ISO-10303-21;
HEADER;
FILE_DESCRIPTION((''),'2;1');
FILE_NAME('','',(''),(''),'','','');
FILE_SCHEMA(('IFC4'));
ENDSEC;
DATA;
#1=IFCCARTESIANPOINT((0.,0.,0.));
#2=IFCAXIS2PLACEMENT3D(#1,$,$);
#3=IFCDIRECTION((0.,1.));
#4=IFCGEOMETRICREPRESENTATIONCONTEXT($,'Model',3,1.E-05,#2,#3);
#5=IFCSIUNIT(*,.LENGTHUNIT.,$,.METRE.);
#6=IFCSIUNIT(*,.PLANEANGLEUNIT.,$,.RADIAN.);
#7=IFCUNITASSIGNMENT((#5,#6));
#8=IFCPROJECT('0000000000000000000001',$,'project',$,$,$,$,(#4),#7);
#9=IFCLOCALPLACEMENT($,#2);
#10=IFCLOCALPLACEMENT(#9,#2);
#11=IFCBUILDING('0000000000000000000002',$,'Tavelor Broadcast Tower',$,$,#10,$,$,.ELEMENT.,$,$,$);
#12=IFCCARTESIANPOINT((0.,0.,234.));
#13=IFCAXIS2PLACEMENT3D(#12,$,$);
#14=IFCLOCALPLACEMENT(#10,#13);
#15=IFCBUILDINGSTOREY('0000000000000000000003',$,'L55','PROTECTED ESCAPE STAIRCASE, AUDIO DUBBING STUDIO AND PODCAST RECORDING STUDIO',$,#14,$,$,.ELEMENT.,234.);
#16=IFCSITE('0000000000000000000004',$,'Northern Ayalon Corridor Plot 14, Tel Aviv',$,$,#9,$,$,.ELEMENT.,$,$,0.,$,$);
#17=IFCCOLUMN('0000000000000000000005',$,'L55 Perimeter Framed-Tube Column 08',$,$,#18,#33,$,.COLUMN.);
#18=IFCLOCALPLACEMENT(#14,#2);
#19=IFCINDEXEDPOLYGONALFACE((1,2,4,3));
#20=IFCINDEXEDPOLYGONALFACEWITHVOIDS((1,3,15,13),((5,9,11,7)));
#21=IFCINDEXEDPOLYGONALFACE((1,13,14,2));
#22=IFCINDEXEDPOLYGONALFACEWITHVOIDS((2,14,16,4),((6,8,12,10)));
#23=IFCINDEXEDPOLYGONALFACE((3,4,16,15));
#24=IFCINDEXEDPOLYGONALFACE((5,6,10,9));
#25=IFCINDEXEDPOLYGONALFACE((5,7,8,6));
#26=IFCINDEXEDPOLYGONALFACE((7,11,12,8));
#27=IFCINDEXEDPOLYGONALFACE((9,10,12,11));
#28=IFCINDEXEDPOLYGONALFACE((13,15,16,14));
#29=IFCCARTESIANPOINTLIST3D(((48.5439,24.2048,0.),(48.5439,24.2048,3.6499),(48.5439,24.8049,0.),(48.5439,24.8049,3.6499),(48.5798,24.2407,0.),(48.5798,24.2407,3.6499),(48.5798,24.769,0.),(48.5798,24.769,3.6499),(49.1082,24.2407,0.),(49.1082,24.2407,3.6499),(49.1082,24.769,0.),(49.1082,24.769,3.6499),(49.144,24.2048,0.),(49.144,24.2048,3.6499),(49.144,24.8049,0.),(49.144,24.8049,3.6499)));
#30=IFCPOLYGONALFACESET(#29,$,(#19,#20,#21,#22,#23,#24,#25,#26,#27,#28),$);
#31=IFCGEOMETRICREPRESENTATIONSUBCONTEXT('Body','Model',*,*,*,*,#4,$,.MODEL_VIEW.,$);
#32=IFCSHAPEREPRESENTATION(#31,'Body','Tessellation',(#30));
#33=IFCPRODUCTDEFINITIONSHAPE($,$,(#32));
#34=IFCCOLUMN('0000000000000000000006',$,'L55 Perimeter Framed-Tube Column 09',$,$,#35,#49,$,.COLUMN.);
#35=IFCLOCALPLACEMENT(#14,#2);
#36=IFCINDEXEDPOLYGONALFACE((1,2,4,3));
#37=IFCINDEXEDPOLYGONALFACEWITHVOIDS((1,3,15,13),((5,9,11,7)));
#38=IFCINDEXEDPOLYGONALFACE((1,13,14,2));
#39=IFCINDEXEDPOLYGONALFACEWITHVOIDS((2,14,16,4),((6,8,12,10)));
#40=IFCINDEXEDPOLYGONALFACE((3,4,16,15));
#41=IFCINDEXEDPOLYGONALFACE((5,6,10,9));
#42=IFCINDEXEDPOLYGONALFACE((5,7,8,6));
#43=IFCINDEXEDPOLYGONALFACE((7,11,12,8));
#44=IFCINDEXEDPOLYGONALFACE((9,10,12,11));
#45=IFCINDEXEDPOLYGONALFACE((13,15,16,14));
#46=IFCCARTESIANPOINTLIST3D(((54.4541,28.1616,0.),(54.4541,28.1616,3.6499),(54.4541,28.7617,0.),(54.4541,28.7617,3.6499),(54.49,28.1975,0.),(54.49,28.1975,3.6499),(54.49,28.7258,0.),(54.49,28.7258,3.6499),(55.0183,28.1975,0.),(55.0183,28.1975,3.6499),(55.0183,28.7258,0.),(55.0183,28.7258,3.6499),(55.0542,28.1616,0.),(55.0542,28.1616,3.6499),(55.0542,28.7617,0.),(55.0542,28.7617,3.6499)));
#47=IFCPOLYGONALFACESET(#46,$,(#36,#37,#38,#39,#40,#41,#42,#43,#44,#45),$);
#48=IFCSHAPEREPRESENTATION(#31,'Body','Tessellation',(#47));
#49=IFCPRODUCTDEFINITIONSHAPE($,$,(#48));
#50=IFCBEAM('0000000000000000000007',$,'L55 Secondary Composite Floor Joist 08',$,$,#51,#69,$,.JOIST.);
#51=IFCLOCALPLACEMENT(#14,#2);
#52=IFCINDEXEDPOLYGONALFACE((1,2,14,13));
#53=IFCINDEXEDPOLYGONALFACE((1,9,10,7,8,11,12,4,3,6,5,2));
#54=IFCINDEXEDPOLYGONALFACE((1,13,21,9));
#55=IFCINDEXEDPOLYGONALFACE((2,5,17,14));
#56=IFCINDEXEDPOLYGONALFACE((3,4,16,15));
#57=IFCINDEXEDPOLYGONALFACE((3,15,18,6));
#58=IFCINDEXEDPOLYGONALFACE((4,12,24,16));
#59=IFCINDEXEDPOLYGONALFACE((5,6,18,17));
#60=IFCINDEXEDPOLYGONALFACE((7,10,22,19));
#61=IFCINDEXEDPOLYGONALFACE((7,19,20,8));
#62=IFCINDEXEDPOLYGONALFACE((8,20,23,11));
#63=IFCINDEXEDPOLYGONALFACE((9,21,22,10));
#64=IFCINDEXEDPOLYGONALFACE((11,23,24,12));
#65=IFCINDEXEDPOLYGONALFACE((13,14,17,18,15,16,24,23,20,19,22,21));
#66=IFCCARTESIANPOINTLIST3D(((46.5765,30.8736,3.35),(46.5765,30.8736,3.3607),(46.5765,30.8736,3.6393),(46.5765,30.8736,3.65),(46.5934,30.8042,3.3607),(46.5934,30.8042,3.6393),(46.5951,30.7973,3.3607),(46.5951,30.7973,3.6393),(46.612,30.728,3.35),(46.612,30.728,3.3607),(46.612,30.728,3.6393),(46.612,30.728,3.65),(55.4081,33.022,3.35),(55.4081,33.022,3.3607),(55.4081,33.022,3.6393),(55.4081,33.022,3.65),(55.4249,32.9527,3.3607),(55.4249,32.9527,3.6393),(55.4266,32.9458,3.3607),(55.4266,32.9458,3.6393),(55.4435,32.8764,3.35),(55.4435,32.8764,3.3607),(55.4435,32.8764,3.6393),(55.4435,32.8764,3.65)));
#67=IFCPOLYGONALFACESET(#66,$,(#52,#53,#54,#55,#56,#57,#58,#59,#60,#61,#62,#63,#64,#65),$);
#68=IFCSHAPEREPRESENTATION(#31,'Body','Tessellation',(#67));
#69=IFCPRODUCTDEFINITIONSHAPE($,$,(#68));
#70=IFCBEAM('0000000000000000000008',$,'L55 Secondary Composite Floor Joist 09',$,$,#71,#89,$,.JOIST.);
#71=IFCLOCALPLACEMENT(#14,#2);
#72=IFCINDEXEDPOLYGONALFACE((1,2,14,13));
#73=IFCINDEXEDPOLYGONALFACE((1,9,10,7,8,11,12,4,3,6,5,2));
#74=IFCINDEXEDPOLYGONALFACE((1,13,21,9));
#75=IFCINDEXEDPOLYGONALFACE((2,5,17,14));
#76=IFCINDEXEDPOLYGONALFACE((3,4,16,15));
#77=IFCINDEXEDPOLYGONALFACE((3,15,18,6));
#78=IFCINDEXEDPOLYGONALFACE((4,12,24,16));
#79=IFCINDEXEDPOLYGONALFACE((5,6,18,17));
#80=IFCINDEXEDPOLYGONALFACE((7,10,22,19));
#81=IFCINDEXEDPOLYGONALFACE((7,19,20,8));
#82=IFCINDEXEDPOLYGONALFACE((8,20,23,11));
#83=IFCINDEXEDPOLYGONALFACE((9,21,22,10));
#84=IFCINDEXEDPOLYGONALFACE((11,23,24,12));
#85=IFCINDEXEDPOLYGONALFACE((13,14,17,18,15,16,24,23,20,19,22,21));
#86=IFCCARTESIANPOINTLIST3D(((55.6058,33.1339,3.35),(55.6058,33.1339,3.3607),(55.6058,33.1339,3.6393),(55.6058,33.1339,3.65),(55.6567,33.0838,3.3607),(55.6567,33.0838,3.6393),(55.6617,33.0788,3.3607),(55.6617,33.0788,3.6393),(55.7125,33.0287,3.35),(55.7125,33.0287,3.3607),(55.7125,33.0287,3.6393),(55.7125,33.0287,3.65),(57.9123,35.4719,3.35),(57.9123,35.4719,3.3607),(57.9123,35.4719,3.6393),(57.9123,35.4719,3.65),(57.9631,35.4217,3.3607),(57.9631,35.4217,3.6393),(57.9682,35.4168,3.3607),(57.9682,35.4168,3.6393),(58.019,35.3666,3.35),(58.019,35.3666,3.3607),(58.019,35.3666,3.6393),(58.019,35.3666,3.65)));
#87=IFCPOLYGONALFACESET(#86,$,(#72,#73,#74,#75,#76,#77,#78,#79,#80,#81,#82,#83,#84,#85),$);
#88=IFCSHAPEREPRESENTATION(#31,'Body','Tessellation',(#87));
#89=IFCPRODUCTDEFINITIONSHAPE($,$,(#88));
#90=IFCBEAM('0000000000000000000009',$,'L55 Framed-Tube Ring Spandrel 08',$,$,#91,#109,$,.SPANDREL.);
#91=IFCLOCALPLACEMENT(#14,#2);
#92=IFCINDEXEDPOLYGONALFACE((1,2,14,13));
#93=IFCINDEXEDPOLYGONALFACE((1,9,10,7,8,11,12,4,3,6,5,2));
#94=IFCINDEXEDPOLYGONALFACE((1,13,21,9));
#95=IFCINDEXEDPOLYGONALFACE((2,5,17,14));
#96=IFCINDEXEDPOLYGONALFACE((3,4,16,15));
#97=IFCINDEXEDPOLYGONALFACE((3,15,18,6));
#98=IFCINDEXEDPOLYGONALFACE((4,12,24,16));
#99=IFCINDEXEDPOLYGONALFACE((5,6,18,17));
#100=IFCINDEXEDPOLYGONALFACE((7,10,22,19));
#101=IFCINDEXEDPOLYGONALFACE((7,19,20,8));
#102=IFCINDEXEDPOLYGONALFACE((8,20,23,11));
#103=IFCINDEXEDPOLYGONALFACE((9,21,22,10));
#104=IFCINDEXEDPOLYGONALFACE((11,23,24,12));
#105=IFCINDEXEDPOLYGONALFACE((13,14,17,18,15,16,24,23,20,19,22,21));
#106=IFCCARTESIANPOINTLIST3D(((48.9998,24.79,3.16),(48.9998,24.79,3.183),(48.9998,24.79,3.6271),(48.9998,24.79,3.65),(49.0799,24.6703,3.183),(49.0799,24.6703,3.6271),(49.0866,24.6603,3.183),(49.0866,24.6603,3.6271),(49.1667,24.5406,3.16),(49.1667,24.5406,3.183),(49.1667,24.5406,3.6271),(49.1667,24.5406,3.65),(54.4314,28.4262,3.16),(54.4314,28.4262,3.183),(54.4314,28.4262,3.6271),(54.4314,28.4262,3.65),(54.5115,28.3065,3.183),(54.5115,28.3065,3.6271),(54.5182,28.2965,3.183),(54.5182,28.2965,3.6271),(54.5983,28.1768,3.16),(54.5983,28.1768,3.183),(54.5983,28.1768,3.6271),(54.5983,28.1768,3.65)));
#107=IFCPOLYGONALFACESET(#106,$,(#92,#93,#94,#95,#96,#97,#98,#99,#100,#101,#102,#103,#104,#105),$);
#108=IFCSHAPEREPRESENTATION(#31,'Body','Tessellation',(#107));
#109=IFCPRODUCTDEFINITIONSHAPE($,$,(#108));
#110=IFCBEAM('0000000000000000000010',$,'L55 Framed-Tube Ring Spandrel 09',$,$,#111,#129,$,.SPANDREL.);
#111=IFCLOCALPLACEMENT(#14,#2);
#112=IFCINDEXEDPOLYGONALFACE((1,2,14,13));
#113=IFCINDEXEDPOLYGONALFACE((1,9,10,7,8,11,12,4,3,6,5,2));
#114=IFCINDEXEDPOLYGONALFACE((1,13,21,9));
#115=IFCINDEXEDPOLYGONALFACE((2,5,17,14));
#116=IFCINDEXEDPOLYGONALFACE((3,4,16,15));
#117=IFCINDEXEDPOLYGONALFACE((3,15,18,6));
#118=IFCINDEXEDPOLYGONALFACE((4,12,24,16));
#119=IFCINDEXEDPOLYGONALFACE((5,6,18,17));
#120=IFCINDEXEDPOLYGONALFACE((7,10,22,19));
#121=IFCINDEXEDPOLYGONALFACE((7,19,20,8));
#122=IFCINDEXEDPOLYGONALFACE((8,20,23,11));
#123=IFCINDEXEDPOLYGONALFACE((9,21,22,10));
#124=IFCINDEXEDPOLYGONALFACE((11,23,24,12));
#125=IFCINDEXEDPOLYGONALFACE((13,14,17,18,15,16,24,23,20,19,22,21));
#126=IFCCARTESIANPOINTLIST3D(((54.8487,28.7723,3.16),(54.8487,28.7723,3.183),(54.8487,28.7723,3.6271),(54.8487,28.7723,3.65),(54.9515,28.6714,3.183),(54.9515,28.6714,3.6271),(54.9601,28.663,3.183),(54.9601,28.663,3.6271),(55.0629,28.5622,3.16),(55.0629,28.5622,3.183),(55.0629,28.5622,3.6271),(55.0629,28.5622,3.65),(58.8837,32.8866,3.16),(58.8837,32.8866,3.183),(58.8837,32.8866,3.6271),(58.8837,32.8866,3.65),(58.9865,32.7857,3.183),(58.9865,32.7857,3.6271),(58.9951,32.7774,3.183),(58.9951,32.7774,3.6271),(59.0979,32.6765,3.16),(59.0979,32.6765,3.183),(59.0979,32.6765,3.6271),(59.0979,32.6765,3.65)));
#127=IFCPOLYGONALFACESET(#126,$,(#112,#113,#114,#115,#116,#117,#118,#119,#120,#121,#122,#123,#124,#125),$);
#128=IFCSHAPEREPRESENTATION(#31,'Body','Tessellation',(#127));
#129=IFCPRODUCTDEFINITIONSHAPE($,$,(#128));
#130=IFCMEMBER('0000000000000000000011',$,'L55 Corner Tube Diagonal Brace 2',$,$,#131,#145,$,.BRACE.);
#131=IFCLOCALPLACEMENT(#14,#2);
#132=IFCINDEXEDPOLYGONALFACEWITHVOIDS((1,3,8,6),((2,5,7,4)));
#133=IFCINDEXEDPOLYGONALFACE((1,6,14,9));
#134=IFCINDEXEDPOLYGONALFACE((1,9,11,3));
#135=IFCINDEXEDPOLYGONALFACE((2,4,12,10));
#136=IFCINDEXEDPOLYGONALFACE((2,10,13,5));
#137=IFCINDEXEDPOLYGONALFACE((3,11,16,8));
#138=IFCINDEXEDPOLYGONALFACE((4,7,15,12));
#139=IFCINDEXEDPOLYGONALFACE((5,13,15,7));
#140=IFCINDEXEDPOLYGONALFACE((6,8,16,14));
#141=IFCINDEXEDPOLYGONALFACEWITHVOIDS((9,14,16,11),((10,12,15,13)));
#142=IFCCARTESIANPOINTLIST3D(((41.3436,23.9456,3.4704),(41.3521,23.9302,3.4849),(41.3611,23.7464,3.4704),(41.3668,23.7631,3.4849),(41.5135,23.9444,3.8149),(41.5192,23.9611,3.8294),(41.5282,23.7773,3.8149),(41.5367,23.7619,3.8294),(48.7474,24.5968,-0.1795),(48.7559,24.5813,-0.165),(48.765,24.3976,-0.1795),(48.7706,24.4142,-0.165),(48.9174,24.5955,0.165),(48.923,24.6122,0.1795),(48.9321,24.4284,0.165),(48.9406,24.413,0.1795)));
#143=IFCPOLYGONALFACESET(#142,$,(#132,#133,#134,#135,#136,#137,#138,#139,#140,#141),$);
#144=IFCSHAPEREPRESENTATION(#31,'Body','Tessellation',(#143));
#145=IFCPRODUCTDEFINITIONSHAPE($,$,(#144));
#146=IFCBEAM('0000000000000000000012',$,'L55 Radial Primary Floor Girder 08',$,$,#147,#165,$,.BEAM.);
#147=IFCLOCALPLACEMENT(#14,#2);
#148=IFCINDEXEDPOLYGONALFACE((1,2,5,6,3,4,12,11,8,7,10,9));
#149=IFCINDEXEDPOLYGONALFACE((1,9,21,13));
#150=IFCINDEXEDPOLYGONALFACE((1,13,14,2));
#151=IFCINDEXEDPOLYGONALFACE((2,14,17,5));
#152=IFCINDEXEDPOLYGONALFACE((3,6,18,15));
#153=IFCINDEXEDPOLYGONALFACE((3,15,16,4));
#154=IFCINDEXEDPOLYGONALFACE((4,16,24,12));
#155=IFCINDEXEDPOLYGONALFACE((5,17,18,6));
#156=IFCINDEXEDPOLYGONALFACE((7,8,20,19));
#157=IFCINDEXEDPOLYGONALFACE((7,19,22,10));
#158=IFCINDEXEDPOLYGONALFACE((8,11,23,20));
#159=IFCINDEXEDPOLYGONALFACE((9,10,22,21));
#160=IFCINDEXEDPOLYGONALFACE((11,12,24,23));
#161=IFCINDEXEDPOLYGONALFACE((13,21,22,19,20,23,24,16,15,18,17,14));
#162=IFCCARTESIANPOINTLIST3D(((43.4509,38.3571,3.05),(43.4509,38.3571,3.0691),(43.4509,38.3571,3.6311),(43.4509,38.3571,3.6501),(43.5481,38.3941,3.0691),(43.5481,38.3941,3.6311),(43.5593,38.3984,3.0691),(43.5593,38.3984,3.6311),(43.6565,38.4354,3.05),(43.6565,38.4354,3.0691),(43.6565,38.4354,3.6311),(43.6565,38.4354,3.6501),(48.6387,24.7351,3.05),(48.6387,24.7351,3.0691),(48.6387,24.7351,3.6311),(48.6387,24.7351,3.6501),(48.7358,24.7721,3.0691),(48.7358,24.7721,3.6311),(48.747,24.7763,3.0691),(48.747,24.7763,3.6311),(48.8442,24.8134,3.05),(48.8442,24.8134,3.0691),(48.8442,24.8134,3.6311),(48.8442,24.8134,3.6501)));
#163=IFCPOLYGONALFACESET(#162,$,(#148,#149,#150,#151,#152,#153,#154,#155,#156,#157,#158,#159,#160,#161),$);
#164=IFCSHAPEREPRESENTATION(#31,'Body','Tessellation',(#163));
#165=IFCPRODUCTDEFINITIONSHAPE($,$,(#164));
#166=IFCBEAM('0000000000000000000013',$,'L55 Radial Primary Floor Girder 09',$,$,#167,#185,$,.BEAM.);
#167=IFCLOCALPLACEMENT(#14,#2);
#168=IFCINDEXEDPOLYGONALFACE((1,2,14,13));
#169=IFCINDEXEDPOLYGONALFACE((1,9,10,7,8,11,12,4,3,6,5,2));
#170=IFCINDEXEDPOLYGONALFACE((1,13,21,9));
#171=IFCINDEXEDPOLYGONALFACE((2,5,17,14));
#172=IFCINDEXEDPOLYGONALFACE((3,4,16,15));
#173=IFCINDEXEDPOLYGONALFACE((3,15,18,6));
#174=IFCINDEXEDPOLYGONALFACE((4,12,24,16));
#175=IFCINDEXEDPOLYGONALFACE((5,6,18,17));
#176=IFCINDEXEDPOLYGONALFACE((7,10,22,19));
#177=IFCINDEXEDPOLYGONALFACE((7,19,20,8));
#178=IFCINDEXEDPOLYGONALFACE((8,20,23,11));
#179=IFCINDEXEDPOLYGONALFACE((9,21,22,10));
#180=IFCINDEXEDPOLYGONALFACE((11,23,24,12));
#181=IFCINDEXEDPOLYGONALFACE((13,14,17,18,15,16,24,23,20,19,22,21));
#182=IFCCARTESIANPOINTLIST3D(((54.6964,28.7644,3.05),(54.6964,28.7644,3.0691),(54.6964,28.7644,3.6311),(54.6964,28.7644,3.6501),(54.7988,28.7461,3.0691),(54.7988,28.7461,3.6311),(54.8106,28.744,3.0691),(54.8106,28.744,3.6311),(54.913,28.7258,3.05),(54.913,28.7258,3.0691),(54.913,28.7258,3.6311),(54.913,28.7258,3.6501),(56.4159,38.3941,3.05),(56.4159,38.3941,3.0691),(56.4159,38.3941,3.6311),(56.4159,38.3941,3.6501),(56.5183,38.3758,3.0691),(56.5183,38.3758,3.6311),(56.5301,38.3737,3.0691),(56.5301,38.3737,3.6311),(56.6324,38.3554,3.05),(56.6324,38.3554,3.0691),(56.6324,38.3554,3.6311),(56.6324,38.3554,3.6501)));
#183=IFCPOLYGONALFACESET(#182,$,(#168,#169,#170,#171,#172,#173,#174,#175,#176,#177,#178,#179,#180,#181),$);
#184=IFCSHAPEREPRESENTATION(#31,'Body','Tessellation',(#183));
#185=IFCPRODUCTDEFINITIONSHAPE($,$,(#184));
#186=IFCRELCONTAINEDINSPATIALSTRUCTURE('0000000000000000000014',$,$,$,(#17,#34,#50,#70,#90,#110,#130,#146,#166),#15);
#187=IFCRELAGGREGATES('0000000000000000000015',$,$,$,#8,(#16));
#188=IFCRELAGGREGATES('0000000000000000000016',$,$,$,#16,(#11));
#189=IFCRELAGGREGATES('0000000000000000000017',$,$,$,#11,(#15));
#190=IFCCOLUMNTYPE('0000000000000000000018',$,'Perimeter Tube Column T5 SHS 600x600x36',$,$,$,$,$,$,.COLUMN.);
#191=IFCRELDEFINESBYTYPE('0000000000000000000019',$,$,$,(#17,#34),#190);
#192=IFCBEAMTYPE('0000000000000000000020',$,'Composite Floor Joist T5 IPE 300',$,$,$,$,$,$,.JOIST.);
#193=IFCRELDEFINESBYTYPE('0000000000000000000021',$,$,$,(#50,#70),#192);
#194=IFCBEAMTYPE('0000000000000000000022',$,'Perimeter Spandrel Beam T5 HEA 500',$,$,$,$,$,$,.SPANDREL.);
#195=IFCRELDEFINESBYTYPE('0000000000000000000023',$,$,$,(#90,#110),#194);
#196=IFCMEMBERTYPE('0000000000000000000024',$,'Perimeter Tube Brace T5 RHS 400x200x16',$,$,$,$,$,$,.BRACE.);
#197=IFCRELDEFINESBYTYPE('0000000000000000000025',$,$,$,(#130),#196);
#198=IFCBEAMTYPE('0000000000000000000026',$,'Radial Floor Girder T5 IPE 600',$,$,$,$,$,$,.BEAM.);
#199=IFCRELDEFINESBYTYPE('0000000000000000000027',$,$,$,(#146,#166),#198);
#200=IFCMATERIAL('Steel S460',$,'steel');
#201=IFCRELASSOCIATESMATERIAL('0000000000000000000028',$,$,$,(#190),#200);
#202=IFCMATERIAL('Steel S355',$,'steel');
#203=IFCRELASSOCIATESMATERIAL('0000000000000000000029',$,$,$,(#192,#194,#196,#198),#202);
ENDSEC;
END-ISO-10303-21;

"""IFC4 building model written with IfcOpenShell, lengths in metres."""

from ifc_helpers import new_model, si_unit, direction, frame, origin, origin_2d, place, context, subcontext, project, spatial, hollow_rectangle, i_section, extrude, material, material_profile, profile_set, type_object, element, save


model = new_model("IFC4")

# Units and contexts
model_context = context("Model", 3, precision=1e-05, world=origin(), true_north=direction((0.0, 1.0)))
body_context = subcontext(model_context, "Body", "Model", "MODEL_VIEW")
ifc_project = project(units=[si_unit("LENGTHUNIT", "METRE"), si_unit("PLANEANGLEUNIT", "RADIAN")], contexts=[model_context])

# Site, building, storey
site_placement = place(None, origin())
site = spatial("IfcSite", under=ifc_project, at=site_placement, Name="Northern Ayalon Corridor Plot 14, Tel Aviv", CompositionType="ELEMENT", RefElevation=0.0)
building_placement = place(site_placement, origin())
building = spatial("IfcBuilding", under=site, at=building_placement, Name="Tavelor Broadcast Tower", CompositionType="ELEMENT")
storey_placement = place(building_placement, frame((0.0, 0.0, 234.0)))
storey = spatial("IfcBuildingStorey", under=building, at=storey_placement, Name="L55", Description="PROTECTED ESCAPE STAIRCASE, AUDIO DUBBING STUDIO AND PODCAST RECORDING STUDIO", CompositionType="ELEMENT", Elevation=234.0)

# Columns
ifc_material_1 = material(Name="Steel S460", Category="steel")
ifc_material_profile_1 = material_profile(ifc_material_1, hollow_rectangle(XDim=0.6001, YDim=0.6001, WallThickness=0.0359, at=origin_2d()), Name="SHS 600x600x36")
ifc_profile_set_1 = profile_set([ifc_material_profile_1], Name="Steel S460")
column_type = type_object("IfcColumnType", Name="Perimeter Tube Column T5 SHS 600x600x36", PredefinedType="COLUMN", material=ifc_profile_set_1)
for number, where, z_axis, x_axis, name in (
    (1, (48.844, 24.5049, 0.0), (0.0, 0.0, 1.0), (1.0, 0.0, 0.0), "L55 Perimeter Framed-Tube Column 08"),
    (2, (54.7542, 28.4617, 0.0), (0.0, 0.0, 1.0), (1.0, 0.0, 0.0), "L55 Perimeter Framed-Tube Column 09"),
):
    element("IfcColumn", number, at=place(storey_placement, frame(where, z_axis=z_axis, x_axis=x_axis)), inside=storey, type_object=column_type, Name=name, PredefinedType="COLUMN", context=body_context, shape_type="SweptSolid", body=[
        extrude(hollow_rectangle(XDim=0.6001, YDim=0.6001, WallThickness=0.0359, at=origin_2d()), origin(), (0.0, 0.0, 1.0), 3.6499),
    ])

# Beams
ifc_material_2 = material(Name="Steel S355", Category="steel")
ifc_material_profile_2 = material_profile(ifc_material_2, i_section(OverallWidth=0.1499, OverallDepth=0.3, WebThickness=0.0071, FlangeThickness=0.0107, at=origin_2d()), Name="IPE 300")
ifc_profile_set_2 = profile_set([ifc_material_profile_2], Name="Steel S355")
beam_type_1 = type_object("IfcBeamType", Name="Composite Floor Joist T5 IPE 300", PredefinedType="JOIST", material=ifc_profile_set_2)
beam_1_placement = place(storey_placement, frame((46.5942, 30.8008, 3.5), z_axis=(0.971662, 0.236375, 0.0), x_axis=(-0.236375, 0.971662, 0.0)))
element("IfcBeam", 3, at=beam_1_placement, inside=storey, type_object=beam_type_1, Name="L55 Secondary Composite Floor Joist 08", PredefinedType="JOIST", context=body_context, shape_type="SweptSolid", body=[
    extrude(i_section(OverallWidth=0.1499, OverallDepth=0.3, WebThickness=0.0071, FlangeThickness=0.0107, at=origin_2d()), origin(), (0.0, 0.0, 1.0), 9.0891),
])
beam_2_placement = place(storey_placement, frame((55.6592, 33.0813, 3.5), z_axis=(0.702296, 0.711885, 0.0), x_axis=(-0.711885, 0.702296, 0.0)))
element("IfcBeam", 4, at=beam_2_placement, inside=storey, type_object=beam_type_1, Name="L55 Secondary Composite Floor Joist 09", PredefinedType="JOIST", context=body_context, shape_type="SweptSolid", body=[
    extrude(i_section(OverallWidth=0.1499, OverallDepth=0.3, WebThickness=0.0071, FlangeThickness=0.0107, at=origin_2d()), origin(), (0.0, 0.0, 1.0), 3.2842),
])
ifc_material_profile_3 = material_profile(ifc_material_2, i_section(OverallWidth=0.3, OverallDepth=0.49, WebThickness=0.012, FlangeThickness=0.0229, at=origin_2d()), Name="HEA 500")
ifc_profile_set_3 = profile_set([ifc_material_profile_3], Name="Steel S355")
beam_type_2 = type_object("IfcBeamType", Name="Perimeter Spandrel Beam T5 HEA 500", PredefinedType="SPANDREL", material=ifc_profile_set_3)
beam_3_placement = place(storey_placement, frame((49.0833, 24.6653, 3.405), z_axis=(0.83098, 0.556302, 0.0), x_axis=(-0.556302, 0.83098, 0.0)))
element("IfcBeam", 5, at=beam_3_placement, inside=storey, type_object=beam_type_2, Name="L55 Framed-Tube Ring Spandrel 08", PredefinedType="SPANDREL", context=body_context, shape_type="SweptSolid", body=[
    extrude(i_section(OverallWidth=0.3, OverallDepth=0.49, WebThickness=0.012, FlangeThickness=0.0229, at=origin_2d()), origin(), (0.0, 0.0, 1.0), 6.5364),
])
beam_4_placement = place(storey_placement, frame((54.9558, 28.6672, 3.405), z_axis=(0.700189, 0.713958, 0.0), x_axis=(-0.713958, 0.700189, 0.0)))
element("IfcBeam", 6, at=beam_4_placement, inside=storey, type_object=beam_type_2, Name="L55 Framed-Tube Ring Spandrel 09", PredefinedType="SPANDREL", context=body_context, shape_type="SweptSolid", body=[
    extrude(i_section(OverallWidth=0.3, OverallDepth=0.49, WebThickness=0.012, FlangeThickness=0.0229, at=origin_2d()), origin(), (0.0, 0.0, 1.0), 5.7627),
])

# Member
ifc_material_profile_4 = material_profile(ifc_material_2, hollow_rectangle(XDim=0.2, YDim=0.3999, WallThickness=0.0161, at=origin_2d()), Name="RHS 400x200x16")
ifc_profile_set_4 = profile_set([ifc_material_profile_4], Name="Steel S355")
member_type_1 = type_object("IfcMemberType", Name="Perimeter Tube Brace T5 RHS 400x200x16", PredefinedType="BRACE", material=ifc_profile_set_4)
member_1_placement = place(storey_placement, frame((48.844, 24.5049, 0.0), z_axis=(-0.894155, -0.078636, 0.440797), x_axis=(0.087606, -0.996155, 0.0)))
element("IfcMember", 7, at=member_1_placement, inside=storey, type_object=member_type_1, Name="L55 Corner Tube Diagonal Brace 2", PredefinedType="BRACE", context=body_context, shape_type="SweptSolid", body=[
    extrude(hollow_rectangle(XDim=0.2, YDim=0.3999, WallThickness=0.0161, at=origin_2d()), origin(), (0.0, 0.0, 1.0), 8.2803),
])

# Beams
ifc_material_profile_5 = material_profile(ifc_material_2, i_section(OverallWidth=0.22, OverallDepth=0.6001, WebThickness=0.012, FlangeThickness=0.019, at=origin_2d()), Name="IPE 600")
ifc_profile_set_5 = profile_set([ifc_material_profile_5], Name="Steel S355")
beam_type_3 = type_object("IfcBeamType", Name="Radial Floor Girder T5 IPE 600", PredefinedType="BEAM", material=ifc_profile_set_5)
beam_5_placement = place(storey_placement, frame((43.5537, 38.3962, 3.3501), z_axis=(0.355899, -0.934525, 0.0), x_axis=(0.934525, 0.355899, 0.0)))
element("IfcBeam", 8, at=beam_5_placement, inside=storey, type_object=beam_type_3, Name="L55 Radial Primary Floor Girder 08", PredefinedType="BEAM", context=body_context, shape_type="SweptSolid", body=[
    extrude(i_section(OverallWidth=0.22, OverallDepth=0.6001, WebThickness=0.012, FlangeThickness=0.019, at=origin_2d()), origin(), (0.0, 0.0, 1.0), 14.5764),
])
beam_6_placement = place(storey_placement, frame((56.5242, 38.3748, 3.3501), z_axis=(-0.175781, -0.984429, 0.0), x_axis=(0.984429, -0.175781, 0.0)))
element("IfcBeam", 9, at=beam_6_placement, inside=storey, type_object=beam_type_3, Name="L55 Radial Primary Floor Girder 09", PredefinedType="BEAM", context=body_context, shape_type="SweptSolid", body=[
    extrude(i_section(OverallWidth=0.22, OverallDepth=0.6001, WebThickness=0.012, FlangeThickness=0.019, at=origin_2d()), origin(), (0.0, 0.0, 1.0), 9.782),
])

save(model, "model.ifc")
